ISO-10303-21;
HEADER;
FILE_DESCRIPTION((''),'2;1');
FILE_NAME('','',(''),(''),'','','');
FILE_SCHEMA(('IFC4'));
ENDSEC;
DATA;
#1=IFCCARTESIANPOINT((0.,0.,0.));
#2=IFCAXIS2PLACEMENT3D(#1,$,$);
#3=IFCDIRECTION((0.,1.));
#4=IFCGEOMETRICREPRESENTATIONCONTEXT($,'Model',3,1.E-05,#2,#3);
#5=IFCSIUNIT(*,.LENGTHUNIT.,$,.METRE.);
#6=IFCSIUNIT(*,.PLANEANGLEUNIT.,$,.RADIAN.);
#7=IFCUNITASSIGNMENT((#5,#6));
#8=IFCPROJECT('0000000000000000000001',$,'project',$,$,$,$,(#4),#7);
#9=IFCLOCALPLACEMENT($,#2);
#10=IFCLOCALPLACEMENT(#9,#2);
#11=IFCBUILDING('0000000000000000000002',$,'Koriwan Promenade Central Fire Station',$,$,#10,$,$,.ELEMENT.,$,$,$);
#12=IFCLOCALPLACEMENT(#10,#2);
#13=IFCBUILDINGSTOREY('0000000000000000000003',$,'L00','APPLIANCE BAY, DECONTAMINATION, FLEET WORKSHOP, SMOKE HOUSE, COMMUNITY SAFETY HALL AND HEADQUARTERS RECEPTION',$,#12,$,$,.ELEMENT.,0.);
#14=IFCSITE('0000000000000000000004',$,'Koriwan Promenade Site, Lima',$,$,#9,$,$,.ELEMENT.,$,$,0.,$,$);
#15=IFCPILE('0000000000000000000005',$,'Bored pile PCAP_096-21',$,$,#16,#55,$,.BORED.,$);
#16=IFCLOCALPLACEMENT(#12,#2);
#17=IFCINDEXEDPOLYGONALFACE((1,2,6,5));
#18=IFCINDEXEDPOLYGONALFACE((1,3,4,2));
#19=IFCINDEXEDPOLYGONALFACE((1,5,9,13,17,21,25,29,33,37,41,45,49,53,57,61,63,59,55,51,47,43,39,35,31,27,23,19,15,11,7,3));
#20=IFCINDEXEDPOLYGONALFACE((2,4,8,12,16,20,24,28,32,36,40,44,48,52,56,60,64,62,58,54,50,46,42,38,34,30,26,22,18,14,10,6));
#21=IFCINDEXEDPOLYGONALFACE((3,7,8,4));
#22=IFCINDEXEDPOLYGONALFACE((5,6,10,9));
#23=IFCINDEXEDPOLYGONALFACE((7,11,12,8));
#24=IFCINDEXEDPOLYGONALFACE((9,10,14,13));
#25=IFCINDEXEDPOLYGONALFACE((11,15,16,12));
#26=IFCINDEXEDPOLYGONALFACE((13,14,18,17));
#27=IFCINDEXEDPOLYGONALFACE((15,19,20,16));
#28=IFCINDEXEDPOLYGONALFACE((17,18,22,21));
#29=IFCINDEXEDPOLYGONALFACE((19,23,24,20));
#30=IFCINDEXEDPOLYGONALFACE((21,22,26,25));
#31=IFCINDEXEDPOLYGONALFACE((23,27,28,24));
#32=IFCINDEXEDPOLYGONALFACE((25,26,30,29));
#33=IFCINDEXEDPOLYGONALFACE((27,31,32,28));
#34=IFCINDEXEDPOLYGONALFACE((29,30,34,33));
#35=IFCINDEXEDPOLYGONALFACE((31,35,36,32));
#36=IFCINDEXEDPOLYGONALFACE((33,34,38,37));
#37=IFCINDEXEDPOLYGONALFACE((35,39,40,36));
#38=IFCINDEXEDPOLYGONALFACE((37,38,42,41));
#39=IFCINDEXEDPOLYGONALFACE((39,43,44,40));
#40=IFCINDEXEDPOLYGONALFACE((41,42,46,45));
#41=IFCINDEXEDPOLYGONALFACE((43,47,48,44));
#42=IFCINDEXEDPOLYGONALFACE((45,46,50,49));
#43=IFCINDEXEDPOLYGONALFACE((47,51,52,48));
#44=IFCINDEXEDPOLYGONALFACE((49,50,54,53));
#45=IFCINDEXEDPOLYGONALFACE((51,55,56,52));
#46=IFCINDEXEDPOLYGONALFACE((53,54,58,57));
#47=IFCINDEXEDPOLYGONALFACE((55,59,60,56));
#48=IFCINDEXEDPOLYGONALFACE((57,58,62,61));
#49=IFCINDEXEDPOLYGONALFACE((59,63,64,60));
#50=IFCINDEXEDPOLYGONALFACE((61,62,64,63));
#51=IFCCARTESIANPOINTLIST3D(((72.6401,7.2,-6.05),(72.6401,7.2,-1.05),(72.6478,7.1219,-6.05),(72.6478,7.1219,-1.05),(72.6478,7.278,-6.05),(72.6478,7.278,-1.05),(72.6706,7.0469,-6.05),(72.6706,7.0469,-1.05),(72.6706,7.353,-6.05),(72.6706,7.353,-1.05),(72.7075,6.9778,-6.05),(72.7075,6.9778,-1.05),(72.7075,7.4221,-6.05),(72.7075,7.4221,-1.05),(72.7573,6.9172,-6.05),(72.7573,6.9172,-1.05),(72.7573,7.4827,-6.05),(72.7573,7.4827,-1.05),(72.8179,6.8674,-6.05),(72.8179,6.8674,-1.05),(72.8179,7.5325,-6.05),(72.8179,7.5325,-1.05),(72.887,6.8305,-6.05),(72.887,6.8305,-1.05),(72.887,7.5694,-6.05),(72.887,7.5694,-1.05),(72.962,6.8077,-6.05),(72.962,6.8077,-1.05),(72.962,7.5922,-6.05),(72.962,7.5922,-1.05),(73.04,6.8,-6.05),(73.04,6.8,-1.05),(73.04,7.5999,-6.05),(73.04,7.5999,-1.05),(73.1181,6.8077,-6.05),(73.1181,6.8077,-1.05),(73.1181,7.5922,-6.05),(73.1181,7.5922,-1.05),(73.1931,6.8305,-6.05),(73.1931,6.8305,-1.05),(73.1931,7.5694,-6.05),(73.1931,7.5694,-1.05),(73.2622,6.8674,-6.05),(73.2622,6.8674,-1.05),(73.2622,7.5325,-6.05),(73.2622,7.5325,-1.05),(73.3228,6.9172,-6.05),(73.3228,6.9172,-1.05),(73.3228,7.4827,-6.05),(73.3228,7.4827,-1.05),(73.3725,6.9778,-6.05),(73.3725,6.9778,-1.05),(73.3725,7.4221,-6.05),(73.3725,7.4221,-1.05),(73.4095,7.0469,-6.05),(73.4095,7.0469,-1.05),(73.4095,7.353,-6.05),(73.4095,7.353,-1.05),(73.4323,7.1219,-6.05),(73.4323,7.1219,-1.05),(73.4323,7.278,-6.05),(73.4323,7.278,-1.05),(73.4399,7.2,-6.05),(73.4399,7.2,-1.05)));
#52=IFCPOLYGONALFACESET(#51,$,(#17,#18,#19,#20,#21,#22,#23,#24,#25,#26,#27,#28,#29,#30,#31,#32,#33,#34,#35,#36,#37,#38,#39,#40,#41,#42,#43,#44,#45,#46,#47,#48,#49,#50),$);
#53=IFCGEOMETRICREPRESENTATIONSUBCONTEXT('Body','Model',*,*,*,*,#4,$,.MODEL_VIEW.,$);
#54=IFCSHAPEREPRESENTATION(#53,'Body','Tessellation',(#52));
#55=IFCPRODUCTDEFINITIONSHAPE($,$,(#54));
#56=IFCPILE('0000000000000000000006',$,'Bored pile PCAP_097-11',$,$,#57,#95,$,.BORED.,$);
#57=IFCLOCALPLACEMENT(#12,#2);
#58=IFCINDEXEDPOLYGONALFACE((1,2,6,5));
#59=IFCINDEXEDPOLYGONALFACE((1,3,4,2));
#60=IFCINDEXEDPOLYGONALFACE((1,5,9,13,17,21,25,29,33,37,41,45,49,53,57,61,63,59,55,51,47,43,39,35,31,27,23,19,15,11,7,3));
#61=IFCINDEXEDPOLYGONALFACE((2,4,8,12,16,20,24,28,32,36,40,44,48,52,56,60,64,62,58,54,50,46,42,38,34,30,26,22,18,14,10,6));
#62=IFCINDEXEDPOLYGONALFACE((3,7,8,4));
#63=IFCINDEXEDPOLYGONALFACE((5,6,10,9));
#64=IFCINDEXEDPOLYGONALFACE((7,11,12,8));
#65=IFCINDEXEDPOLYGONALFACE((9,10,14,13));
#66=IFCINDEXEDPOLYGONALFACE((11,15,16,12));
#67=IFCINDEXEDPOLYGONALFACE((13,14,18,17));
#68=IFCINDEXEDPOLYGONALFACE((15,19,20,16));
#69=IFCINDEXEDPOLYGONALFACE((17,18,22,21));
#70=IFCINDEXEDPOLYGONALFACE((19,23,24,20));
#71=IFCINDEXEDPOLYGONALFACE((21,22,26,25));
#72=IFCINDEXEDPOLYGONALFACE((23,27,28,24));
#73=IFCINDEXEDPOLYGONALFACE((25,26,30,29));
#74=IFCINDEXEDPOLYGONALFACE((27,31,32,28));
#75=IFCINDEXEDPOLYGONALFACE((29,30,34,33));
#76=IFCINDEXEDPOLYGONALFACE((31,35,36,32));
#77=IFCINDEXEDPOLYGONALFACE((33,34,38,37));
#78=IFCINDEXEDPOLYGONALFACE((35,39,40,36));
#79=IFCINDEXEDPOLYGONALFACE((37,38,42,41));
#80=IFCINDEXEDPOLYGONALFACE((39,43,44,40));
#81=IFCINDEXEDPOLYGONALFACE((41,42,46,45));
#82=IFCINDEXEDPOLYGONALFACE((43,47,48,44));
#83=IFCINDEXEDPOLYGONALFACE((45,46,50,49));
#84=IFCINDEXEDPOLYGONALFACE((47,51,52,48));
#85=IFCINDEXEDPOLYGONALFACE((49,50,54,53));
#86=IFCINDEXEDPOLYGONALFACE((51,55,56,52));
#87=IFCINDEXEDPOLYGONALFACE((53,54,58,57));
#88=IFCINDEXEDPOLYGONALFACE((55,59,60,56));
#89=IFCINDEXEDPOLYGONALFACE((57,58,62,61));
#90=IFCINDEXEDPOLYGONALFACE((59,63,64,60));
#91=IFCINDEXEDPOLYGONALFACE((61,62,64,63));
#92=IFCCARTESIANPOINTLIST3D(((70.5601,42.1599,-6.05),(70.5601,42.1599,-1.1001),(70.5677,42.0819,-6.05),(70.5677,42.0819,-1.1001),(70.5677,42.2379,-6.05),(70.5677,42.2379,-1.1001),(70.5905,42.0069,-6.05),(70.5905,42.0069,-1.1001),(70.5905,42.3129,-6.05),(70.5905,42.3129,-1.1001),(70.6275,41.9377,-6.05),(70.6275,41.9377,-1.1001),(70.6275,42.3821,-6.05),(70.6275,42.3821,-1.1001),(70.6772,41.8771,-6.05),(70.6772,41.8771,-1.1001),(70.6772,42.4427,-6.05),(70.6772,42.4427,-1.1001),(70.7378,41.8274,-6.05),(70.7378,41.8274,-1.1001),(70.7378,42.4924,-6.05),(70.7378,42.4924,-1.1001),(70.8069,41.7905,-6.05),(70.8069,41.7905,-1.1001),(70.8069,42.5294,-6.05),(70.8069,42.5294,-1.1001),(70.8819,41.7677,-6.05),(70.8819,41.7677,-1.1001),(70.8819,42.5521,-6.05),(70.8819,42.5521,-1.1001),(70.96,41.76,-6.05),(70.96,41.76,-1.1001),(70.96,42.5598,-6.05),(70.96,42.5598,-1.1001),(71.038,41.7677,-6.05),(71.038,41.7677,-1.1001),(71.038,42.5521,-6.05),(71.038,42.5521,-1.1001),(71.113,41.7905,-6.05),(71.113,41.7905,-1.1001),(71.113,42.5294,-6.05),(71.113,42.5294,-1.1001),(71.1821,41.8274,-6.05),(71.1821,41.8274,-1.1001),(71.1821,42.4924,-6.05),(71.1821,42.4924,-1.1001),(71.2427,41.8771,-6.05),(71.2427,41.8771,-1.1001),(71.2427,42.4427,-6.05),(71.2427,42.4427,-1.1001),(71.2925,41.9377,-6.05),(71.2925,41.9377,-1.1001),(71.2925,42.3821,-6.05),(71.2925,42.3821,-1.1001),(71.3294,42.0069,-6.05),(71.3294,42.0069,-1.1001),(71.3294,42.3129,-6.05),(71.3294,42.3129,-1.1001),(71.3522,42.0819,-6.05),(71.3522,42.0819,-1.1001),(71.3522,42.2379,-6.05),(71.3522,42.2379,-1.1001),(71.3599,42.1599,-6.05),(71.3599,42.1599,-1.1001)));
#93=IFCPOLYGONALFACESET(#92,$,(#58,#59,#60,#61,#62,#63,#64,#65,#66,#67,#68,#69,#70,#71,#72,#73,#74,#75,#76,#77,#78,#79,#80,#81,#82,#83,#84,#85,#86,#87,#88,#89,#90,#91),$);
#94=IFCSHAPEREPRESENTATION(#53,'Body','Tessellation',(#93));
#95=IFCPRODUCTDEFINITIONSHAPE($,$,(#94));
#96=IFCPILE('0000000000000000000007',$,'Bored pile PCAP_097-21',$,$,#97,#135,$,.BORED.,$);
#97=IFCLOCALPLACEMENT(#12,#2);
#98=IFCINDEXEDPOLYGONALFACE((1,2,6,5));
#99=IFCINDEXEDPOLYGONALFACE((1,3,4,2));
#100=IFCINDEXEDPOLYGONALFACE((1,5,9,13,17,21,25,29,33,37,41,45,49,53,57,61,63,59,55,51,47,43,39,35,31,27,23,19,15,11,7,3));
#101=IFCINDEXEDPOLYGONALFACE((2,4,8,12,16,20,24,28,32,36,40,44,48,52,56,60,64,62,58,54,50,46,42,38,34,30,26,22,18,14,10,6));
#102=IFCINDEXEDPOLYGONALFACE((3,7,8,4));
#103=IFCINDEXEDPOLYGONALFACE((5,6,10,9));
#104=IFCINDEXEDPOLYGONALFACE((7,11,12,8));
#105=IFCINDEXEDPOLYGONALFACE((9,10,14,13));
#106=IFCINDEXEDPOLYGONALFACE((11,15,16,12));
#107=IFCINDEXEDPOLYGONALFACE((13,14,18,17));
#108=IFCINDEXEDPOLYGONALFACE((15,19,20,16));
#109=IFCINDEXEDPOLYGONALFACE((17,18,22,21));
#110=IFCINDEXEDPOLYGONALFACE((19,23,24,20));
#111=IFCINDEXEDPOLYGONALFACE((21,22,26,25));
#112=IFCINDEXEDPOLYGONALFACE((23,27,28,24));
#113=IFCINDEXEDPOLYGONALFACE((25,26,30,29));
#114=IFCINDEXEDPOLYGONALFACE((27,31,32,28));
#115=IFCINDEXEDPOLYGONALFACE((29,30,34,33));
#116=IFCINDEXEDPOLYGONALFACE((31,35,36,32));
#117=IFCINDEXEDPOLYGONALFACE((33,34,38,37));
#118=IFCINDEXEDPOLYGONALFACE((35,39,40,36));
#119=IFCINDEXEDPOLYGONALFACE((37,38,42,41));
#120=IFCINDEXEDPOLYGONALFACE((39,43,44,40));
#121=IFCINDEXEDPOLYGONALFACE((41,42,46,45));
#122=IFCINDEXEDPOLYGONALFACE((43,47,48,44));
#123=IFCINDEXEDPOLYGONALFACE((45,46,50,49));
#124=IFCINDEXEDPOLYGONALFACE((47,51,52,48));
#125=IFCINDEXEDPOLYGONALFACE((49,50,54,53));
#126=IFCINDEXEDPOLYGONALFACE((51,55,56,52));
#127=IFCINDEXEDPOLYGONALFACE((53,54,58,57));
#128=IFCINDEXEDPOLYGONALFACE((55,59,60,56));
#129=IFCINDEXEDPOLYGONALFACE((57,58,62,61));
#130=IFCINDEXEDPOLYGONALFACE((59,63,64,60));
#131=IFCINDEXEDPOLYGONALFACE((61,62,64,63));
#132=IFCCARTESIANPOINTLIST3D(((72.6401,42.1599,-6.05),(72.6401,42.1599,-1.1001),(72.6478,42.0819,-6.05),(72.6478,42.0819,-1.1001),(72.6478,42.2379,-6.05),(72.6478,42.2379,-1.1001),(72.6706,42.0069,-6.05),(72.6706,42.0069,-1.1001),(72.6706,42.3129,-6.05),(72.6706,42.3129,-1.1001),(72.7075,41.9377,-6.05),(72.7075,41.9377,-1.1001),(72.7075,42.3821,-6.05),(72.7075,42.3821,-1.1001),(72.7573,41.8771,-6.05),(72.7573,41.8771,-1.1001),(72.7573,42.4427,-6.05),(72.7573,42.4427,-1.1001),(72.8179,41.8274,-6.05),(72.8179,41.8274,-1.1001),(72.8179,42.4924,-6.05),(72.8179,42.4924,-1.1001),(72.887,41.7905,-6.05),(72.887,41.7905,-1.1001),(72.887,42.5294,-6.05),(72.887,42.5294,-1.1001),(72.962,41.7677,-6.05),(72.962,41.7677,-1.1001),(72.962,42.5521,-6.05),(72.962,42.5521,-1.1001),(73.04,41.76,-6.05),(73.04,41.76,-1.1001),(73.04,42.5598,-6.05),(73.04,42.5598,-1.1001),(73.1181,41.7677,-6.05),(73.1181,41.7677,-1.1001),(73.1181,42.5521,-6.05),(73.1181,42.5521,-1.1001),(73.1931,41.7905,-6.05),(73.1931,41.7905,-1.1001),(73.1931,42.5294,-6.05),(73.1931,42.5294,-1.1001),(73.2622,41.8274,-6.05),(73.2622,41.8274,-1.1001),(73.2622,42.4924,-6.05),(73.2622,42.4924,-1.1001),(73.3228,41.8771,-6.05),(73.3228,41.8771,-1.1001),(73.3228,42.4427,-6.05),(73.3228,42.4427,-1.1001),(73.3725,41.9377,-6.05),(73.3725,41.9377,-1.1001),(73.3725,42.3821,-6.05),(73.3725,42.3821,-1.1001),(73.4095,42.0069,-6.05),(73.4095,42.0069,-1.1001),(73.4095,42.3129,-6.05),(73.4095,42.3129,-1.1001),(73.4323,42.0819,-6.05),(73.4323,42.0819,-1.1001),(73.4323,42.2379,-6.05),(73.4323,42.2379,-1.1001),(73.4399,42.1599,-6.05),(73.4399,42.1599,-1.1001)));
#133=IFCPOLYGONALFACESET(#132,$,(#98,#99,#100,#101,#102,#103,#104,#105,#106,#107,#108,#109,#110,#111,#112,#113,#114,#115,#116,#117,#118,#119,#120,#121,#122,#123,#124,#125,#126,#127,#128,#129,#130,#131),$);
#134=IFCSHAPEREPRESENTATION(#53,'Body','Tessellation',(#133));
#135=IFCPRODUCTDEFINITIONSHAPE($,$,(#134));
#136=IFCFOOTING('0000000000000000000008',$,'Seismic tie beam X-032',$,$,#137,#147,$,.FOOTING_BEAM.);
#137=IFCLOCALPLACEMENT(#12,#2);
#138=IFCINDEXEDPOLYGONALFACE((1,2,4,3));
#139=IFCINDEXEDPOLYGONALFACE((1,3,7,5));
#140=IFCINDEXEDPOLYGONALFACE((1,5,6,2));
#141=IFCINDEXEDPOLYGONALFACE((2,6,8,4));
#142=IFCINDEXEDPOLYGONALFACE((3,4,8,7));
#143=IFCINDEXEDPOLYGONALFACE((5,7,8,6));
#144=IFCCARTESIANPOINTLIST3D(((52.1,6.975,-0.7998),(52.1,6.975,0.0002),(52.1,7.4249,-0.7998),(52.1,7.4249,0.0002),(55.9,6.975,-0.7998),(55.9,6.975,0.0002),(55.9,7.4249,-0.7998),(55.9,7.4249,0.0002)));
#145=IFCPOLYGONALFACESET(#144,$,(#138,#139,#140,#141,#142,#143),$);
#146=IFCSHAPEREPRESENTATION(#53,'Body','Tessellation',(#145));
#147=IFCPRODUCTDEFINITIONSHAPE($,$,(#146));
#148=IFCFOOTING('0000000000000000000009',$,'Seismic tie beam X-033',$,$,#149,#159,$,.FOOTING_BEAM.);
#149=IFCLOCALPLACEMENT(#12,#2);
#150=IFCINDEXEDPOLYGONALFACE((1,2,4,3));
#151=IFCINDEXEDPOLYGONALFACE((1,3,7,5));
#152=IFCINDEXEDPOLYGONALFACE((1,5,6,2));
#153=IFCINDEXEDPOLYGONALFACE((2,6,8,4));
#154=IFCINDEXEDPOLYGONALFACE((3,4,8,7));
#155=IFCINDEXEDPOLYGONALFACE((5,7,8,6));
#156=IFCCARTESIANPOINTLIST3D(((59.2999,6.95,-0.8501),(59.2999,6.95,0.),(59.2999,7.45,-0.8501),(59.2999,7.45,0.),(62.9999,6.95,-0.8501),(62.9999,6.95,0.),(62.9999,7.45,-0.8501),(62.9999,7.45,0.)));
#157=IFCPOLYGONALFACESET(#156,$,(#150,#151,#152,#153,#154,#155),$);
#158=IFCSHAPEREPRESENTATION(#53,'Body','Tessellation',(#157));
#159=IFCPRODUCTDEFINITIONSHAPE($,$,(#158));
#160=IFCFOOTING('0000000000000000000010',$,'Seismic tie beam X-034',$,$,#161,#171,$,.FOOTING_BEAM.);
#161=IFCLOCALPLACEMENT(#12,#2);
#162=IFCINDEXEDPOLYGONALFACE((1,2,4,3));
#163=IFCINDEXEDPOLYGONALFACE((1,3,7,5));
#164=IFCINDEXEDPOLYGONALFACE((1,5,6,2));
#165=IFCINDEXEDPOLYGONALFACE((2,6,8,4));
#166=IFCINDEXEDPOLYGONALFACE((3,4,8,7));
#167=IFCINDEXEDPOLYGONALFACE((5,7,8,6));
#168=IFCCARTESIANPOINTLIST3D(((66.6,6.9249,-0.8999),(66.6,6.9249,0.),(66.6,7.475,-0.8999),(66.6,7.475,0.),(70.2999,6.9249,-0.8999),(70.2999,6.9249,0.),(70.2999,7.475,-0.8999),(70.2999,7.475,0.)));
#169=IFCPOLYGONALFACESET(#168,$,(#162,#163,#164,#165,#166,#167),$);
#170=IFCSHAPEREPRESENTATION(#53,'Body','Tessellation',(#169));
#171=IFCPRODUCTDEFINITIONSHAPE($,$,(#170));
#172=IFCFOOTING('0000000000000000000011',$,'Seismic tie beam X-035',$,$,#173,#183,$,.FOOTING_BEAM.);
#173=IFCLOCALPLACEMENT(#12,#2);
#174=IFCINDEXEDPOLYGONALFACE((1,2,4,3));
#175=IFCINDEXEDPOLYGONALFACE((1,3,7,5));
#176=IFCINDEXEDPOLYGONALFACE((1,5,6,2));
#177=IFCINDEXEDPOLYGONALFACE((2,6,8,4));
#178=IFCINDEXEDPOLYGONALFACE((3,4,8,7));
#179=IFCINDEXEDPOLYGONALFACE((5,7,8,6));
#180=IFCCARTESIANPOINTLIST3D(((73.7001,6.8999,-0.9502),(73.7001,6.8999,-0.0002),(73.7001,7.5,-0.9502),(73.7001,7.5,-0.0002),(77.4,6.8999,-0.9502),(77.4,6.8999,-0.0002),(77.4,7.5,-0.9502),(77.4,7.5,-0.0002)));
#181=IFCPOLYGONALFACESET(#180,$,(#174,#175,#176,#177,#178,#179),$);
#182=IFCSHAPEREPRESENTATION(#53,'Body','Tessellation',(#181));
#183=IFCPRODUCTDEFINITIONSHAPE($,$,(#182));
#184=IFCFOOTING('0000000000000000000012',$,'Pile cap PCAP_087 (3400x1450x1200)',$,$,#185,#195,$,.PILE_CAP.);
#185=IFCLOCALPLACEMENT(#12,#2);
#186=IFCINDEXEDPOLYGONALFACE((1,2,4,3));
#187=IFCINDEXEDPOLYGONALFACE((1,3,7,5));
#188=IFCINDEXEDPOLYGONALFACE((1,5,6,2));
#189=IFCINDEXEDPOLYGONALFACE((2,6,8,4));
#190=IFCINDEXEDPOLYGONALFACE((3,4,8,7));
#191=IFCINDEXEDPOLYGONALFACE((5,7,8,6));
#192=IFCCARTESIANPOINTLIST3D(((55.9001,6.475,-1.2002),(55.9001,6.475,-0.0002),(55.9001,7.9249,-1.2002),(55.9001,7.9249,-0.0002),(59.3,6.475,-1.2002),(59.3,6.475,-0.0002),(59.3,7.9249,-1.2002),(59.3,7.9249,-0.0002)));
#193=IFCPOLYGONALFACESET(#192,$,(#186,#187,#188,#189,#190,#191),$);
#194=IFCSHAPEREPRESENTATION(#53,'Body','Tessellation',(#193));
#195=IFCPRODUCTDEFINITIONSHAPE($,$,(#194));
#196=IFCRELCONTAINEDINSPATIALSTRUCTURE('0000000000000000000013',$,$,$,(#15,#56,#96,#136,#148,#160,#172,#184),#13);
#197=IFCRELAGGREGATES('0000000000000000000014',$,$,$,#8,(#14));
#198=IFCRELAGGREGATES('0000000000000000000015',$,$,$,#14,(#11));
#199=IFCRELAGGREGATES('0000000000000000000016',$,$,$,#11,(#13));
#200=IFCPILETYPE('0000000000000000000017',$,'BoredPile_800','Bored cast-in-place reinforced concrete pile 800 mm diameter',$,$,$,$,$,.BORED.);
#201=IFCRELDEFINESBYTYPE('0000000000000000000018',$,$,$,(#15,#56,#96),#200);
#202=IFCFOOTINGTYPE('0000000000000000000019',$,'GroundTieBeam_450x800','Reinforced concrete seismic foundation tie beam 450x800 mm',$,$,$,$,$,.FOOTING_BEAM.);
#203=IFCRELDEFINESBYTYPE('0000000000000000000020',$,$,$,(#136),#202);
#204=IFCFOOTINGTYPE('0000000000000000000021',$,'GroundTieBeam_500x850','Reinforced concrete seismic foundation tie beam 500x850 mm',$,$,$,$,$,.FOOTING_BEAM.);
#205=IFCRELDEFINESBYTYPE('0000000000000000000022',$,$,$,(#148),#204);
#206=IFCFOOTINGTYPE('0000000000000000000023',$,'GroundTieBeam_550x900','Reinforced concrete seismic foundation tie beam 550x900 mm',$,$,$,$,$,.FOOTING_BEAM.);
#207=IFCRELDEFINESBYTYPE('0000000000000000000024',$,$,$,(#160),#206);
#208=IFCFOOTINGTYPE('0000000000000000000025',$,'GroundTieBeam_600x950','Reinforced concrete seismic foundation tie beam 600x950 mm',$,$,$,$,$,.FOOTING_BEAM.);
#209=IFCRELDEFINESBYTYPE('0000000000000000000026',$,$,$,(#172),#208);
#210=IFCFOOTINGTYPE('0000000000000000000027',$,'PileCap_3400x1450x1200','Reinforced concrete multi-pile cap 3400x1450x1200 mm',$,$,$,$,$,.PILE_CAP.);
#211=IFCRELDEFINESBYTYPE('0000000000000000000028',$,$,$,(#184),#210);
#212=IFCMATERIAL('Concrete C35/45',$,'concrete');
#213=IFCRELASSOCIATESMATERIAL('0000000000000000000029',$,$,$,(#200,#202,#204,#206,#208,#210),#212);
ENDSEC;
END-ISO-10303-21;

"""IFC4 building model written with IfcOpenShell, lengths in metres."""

from ifc_helpers import new_model, si_unit, direction, frame, origin, origin_2d, place, context, subcontext, project, spatial, rectangle, circle, extrude, material, material_profile, profile_set, type_object, element, save


model = new_model("IFC4")

# Units and contexts
model_context = context("Model", 3, precision=1e-05, world=origin(), true_north=direction((0.0, 1.0)))
body_context = subcontext(model_context, "Body", "Model", "MODEL_VIEW")
ifc_project = project(units=[si_unit("LENGTHUNIT", "METRE"), si_unit("PLANEANGLEUNIT", "RADIAN")], contexts=[model_context])

# Site, building, storey
site_placement = place(None, origin())
site = spatial("IfcSite", under=ifc_project, at=site_placement, Name="Koriwan Promenade Site, Lima", CompositionType="ELEMENT", RefElevation=0.0)
building_placement = place(site_placement, origin())
building = spatial("IfcBuilding", under=site, at=building_placement, Name="Koriwan Promenade Central Fire Station", CompositionType="ELEMENT")
storey_placement = place(building_placement, origin())
storey = spatial("IfcBuildingStorey", under=building, at=storey_placement, Name="L00", Description="APPLIANCE BAY, DECONTAMINATION, FLEET WORKSHOP, SMOKE HOUSE, COMMUNITY SAFETY HALL AND HEADQUARTERS RECEPTION", CompositionType="ELEMENT", Elevation=0.0)

# Piles
ifc_material_1 = material(Name="Concrete C35/45", Category="concrete")
ifc_material_profile_1 = material_profile(ifc_material_1, circle(Radius=0.3999, at=origin_2d()), Name="PILE-D800")
ifc_profile_set_1 = profile_set([ifc_material_profile_1], Name="Concrete C35/45")
pile_type_1 = type_object("IfcPileType", Name="BoredPile_800", Description="Bored cast-in-place reinforced concrete pile 800 mm diameter", PredefinedType="BORED", material=ifc_profile_set_1)
for number, where, z_axis, x_axis, name in (
    (1, (73.04, 7.2, -1.05), (0.0, 0.0, -1.0), (1.0, 0.0, 0.0), "Bored pile PCAP_096-21"),
):
    element("IfcPile", number, at=place(storey_placement, frame(where, z_axis=z_axis, x_axis=x_axis)), inside=storey, type_object=pile_type_1, Name=name, PredefinedType="BORED", context=body_context, shape_type="SweptSolid", body=[
        extrude(circle(Radius=0.3999, at=origin_2d()), origin(), (0.0, 0.0, 1.0), 5.0),
    ])
for number, where, z_axis, x_axis, name in (
    (2, (70.96, 42.1599, -1.1001), (0.0, 0.0, -1.0), (1.0, 0.0, 0.0), "Bored pile PCAP_097-11"),
    (3, (73.04, 42.1599, -1.1001), (0.0, 0.0, -1.0), (1.0, 0.0, 0.0), "Bored pile PCAP_097-21"),
):
    element("IfcPile", number, at=place(storey_placement, frame(where, z_axis=z_axis, x_axis=x_axis)), inside=storey, type_object=pile_type_1, Name=name, PredefinedType="BORED", context=body_context, shape_type="SweptSolid", body=[
        extrude(circle(Radius=0.3999, at=origin_2d()), origin(), (0.0, 0.0, 1.0), 4.95),
    ])

# Footings
footing_type_1 = type_object("IfcFootingType", Name="GroundTieBeam_450x800", Description="Reinforced concrete seismic foundation tie beam 450x800 mm", PredefinedType="FOOTING_BEAM", material=ifc_material_1)
footing_1_placement = place(storey_placement, frame((54.0, 7.2, -0.7998), z_axis=(0.0, 0.0, 1.0), x_axis=(1.0, 0.0, 0.0)))
element("IfcFooting", 4, at=footing_1_placement, inside=storey, type_object=footing_type_1, Name="Seismic tie beam X-032", PredefinedType="FOOTING_BEAM", context=body_context, shape_type="SweptSolid", body=[
    extrude(rectangle(XDim=3.8, YDim=0.45, at=origin_2d()), origin(), (0.0, 0.0, 1.0), 0.8),
])
footing_type_2 = type_object("IfcFootingType", Name="GroundTieBeam_500x850", Description="Reinforced concrete seismic foundation tie beam 500x850 mm", PredefinedType="FOOTING_BEAM", material=ifc_material_1)
footing_2_placement = place(storey_placement, frame((61.1499, 7.2, -0.8501), z_axis=(0.0, 0.0, 1.0), x_axis=(1.0, 0.0, 0.0)))
element("IfcFooting", 5, at=footing_2_placement, inside=storey, type_object=footing_type_2, Name="Seismic tie beam X-033", PredefinedType="FOOTING_BEAM", context=body_context, shape_type="SweptSolid", body=[
    extrude(rectangle(XDim=3.7, YDim=0.5, at=origin_2d()), origin(), (0.0, 0.0, 1.0), 0.8501),
])
footing_type_3 = type_object("IfcFootingType", Name="GroundTieBeam_550x900", Description="Reinforced concrete seismic foundation tie beam 550x900 mm", PredefinedType="FOOTING_BEAM", material=ifc_material_1)
footing_3_placement = place(storey_placement, frame((68.45, 7.2, -0.8999), z_axis=(0.0, 0.0, 1.0), x_axis=(1.0, 0.0, 0.0)))
element("IfcFooting", 6, at=footing_3_placement, inside=storey, type_object=footing_type_3, Name="Seismic tie beam X-034", PredefinedType="FOOTING_BEAM", context=body_context, shape_type="SweptSolid", body=[
    extrude(rectangle(XDim=3.7, YDim=0.55, at=origin_2d()), origin(), (0.0, 0.0, 1.0), 0.8999),
])
footing_type_4 = type_object("IfcFootingType", Name="GroundTieBeam_600x950", Description="Reinforced concrete seismic foundation tie beam 600x950 mm", PredefinedType="FOOTING_BEAM", material=ifc_material_1)
footing_4_placement = place(storey_placement, frame((75.55, 7.2, -0.9502), z_axis=(0.0, 0.0, 1.0), x_axis=(1.0, 0.0, 0.0)))
element("IfcFooting", 7, at=footing_4_placement, inside=storey, type_object=footing_type_4, Name="Seismic tie beam X-035", PredefinedType="FOOTING_BEAM", context=body_context, shape_type="SweptSolid", body=[
    extrude(rectangle(XDim=3.7, YDim=0.6001, at=origin_2d()), origin(), (0.0, 0.0, 1.0), 0.95),
])
footing_type_5 = type_object("IfcFootingType", Name="PileCap_3400x1450x1200", Description="Reinforced concrete multi-pile cap 3400x1450x1200 mm", PredefinedType="PILE_CAP", material=ifc_material_1)
for number, where, z_axis, x_axis, name in (
    (8, (57.6001, 7.2, -1.2002), (0.0, 0.0, 1.0), (1.0, 0.0, 0.0), "Pile cap PCAP_087 (3400x1450x1200)"),
):
    element("IfcFooting", number, at=place(storey_placement, frame(where, z_axis=z_axis, x_axis=x_axis)), inside=storey, type_object=footing_type_5, Name=name, PredefinedType="PILE_CAP", context=body_context, shape_type="SweptSolid", body=[
        extrude(rectangle(XDim=3.3999, YDim=1.45, at=origin_2d()), origin(), (0.0, 0.0, 1.0), 1.2),
    ])

save(model, "model.ifc")
